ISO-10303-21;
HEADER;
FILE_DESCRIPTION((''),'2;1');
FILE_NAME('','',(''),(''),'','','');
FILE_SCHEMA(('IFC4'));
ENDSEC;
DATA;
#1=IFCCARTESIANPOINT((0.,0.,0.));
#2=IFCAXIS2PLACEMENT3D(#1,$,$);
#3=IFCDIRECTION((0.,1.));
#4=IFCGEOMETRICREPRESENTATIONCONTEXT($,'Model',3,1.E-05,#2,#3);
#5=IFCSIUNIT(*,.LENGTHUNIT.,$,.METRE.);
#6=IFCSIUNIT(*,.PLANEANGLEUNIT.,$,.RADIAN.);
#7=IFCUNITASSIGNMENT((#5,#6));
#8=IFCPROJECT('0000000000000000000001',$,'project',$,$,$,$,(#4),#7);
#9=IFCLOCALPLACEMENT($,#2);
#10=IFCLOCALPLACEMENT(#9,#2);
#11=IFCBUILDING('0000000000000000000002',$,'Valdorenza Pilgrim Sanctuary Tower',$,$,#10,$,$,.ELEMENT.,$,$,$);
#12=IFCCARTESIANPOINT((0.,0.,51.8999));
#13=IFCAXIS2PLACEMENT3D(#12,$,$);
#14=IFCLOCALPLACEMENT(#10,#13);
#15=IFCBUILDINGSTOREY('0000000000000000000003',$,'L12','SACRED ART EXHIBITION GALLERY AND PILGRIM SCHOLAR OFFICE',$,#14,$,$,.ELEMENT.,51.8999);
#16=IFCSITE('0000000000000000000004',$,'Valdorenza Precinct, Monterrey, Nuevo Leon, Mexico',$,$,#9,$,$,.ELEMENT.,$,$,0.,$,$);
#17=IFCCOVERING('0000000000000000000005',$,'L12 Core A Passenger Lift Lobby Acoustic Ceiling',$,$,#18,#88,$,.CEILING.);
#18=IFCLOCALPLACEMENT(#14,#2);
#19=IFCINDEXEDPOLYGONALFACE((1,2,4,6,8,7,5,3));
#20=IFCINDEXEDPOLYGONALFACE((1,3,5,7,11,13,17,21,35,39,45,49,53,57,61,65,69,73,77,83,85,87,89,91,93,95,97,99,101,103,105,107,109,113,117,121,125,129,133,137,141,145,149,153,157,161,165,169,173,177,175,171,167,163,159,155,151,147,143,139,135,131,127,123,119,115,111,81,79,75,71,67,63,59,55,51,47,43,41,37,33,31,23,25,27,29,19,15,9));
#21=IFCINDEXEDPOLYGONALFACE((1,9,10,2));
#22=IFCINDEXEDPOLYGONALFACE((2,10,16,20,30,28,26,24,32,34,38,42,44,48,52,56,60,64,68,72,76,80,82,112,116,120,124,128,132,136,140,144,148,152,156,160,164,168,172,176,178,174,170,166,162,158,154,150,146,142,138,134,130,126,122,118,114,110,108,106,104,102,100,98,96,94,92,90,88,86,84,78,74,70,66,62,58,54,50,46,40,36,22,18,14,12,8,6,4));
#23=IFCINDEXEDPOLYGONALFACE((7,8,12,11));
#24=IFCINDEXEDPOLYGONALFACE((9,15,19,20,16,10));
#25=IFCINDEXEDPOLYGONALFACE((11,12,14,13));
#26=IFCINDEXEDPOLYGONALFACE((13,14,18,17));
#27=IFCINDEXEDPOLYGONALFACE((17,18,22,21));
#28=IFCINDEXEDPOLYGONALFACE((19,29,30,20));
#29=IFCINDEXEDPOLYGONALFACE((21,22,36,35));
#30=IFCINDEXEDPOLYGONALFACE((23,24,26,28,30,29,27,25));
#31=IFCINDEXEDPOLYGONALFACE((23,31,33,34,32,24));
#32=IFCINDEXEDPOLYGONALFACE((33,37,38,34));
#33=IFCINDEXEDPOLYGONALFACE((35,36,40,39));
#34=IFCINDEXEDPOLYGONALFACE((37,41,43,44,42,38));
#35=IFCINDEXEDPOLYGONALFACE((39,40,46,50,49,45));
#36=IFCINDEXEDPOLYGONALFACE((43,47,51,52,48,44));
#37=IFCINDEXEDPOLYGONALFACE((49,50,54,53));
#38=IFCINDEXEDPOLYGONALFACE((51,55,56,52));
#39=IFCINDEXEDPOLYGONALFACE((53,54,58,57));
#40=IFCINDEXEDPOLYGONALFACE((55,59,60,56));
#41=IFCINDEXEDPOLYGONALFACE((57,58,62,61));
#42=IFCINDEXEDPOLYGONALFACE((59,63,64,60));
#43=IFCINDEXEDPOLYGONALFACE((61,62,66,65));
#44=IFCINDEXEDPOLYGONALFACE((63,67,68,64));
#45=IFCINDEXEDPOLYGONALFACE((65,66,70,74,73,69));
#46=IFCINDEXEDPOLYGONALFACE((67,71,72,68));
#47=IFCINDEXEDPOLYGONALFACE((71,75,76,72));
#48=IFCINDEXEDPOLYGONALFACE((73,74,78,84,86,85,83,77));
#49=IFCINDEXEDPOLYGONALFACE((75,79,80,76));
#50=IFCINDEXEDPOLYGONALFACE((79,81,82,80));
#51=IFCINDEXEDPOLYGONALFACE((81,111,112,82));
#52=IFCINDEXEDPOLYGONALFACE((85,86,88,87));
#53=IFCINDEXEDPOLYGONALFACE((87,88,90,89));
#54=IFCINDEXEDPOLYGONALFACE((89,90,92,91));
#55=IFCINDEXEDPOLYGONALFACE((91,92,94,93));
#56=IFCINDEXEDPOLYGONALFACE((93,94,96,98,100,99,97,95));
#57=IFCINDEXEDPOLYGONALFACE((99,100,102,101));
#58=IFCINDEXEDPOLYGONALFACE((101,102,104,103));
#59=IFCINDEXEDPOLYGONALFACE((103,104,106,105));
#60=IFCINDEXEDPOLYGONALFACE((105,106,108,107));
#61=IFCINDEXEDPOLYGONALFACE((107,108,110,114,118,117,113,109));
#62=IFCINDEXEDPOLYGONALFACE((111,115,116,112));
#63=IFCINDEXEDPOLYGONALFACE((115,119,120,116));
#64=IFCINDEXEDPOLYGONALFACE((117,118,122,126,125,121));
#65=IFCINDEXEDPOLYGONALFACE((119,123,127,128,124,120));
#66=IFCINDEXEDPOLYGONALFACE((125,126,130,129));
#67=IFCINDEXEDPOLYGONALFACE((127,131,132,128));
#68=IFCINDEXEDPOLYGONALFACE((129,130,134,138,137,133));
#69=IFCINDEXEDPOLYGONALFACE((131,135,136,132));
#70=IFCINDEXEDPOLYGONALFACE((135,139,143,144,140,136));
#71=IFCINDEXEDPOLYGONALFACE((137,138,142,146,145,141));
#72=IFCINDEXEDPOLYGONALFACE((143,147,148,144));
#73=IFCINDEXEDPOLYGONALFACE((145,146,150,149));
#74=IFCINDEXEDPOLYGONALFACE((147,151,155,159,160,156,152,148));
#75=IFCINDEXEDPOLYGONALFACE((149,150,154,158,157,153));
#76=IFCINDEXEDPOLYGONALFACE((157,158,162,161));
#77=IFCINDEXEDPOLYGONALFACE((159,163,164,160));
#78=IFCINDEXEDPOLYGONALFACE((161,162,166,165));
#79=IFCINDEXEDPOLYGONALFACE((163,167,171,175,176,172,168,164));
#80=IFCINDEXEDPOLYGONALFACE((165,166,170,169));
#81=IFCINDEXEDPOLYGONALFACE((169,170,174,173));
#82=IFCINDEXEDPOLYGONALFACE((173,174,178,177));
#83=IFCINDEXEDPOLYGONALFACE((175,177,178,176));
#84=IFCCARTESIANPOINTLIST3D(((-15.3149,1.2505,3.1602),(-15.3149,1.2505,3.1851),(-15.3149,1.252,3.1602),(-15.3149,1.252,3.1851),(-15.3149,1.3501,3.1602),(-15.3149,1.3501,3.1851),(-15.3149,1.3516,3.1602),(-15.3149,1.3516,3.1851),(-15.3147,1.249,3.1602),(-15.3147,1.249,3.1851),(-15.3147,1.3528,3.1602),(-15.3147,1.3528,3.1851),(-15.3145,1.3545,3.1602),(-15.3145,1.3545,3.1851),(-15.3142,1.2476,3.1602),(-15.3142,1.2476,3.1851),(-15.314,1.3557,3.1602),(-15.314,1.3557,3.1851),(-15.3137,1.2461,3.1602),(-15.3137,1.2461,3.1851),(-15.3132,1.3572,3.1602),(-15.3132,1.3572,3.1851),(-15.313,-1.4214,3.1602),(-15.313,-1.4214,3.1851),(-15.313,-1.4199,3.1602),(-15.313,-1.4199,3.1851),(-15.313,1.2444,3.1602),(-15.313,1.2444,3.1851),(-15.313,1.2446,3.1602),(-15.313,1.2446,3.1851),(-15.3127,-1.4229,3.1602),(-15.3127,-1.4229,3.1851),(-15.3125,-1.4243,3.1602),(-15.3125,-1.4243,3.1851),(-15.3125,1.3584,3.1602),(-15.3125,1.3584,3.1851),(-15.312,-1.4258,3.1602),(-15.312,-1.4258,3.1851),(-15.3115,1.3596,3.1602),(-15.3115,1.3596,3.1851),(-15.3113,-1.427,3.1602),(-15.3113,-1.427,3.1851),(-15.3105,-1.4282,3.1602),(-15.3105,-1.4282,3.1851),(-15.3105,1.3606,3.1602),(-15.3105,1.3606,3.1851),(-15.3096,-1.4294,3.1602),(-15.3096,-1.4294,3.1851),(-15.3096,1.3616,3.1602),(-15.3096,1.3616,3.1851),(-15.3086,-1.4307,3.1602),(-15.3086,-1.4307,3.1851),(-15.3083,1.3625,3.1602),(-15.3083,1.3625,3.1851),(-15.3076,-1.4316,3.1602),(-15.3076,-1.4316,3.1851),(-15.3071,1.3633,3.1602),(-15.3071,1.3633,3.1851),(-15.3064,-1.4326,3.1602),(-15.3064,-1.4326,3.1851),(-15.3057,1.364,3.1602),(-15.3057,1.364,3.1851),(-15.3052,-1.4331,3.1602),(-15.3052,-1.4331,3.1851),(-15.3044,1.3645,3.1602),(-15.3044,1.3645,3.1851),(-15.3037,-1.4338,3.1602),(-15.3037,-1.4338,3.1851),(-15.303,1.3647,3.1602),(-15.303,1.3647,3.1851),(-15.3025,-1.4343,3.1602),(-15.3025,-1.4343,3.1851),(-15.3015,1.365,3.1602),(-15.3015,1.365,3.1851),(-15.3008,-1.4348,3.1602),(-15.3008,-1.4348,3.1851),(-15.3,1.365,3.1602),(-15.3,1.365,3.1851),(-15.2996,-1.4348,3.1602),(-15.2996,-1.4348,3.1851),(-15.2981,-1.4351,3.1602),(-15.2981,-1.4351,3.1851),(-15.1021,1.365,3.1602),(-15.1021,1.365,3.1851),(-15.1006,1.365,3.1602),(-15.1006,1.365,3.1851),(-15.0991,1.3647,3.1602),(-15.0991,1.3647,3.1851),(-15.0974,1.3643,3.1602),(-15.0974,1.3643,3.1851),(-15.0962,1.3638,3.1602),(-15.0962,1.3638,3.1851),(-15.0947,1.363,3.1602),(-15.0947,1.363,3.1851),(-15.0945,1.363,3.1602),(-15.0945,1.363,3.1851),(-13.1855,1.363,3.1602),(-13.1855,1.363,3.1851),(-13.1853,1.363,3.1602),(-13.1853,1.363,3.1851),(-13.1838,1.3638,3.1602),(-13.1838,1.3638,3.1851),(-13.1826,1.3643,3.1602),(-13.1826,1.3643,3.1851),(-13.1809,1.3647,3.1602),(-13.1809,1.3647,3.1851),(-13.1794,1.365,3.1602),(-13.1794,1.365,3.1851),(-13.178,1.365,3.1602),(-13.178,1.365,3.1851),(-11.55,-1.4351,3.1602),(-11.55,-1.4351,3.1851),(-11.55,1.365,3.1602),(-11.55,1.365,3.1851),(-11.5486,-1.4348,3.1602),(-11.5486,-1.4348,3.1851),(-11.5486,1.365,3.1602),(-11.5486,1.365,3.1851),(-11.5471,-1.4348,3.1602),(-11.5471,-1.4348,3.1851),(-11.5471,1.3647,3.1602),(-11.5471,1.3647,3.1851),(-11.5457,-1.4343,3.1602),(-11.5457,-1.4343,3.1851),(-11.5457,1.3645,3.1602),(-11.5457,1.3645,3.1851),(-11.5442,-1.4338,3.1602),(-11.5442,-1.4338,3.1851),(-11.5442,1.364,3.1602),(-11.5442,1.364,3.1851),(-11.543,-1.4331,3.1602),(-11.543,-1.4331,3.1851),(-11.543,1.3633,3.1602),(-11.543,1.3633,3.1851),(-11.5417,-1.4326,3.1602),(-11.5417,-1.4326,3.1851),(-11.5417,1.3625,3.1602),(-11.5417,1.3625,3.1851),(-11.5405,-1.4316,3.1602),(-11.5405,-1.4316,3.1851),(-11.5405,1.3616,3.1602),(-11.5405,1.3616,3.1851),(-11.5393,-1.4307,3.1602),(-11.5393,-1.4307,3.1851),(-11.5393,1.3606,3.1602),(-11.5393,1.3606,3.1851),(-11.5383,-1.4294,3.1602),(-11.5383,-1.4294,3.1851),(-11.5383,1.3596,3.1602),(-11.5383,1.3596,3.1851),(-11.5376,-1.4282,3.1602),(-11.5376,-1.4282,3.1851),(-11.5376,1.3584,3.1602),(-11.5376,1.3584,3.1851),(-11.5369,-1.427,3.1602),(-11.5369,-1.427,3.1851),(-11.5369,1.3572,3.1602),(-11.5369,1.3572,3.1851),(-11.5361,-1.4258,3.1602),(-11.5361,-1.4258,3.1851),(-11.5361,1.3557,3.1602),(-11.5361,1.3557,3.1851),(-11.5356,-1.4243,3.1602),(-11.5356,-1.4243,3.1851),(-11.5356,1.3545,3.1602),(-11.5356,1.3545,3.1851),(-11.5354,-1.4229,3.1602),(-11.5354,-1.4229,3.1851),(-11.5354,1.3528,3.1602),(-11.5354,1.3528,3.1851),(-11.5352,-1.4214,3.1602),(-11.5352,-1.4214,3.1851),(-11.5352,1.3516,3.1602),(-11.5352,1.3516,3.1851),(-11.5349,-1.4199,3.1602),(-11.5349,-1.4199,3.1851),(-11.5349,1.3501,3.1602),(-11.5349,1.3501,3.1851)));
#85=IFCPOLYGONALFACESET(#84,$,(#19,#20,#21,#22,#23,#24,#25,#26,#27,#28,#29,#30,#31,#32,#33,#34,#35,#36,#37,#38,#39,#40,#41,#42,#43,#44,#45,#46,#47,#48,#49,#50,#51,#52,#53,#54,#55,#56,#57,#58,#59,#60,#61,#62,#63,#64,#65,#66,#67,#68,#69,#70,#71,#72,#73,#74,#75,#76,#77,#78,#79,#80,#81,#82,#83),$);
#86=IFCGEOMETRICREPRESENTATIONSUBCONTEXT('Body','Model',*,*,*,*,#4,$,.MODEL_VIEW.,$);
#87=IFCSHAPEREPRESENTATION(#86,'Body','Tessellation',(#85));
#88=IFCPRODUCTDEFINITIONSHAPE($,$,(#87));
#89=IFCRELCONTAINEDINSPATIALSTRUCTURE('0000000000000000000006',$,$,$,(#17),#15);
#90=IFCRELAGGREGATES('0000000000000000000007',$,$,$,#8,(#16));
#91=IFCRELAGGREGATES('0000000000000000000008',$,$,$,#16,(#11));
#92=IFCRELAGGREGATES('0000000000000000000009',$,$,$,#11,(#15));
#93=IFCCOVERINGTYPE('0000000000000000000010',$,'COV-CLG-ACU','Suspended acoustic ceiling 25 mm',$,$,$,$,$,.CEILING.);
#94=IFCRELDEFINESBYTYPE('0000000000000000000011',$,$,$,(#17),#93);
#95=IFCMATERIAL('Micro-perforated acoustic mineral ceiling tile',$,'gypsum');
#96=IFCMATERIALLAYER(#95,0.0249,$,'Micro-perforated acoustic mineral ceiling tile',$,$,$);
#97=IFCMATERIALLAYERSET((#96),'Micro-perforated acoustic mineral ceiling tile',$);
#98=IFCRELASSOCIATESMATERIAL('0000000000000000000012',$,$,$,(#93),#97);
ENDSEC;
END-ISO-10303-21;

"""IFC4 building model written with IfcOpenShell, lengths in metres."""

from ifc_helpers import new_model, si_unit, direction, frame, origin, place, context, subcontext, project, spatial, polyline, outline, extrude, material, layer, layer_set, type_object, element, save


model = new_model("IFC4")

# Units and contexts
model_context = context("Model", 3, precision=1e-05, world=origin(), true_north=direction((0.0, 1.0)))
body_context = subcontext(model_context, "Body", "Model", "MODEL_VIEW")
ifc_project = project(units=[si_unit("LENGTHUNIT", "METRE"), si_unit("PLANEANGLEUNIT", "RADIAN")], contexts=[model_context])

# Site, building, storey
site_placement = place(None, origin())
site = spatial("IfcSite", under=ifc_project, at=site_placement, Name="Valdorenza Precinct, Monterrey, Nuevo Leon, Mexico", CompositionType="ELEMENT", RefElevation=0.0)
building_placement = place(site_placement, origin())
building = spatial("IfcBuilding", under=site, at=building_placement, Name="Valdorenza Pilgrim Sanctuary Tower", CompositionType="ELEMENT")
storey_placement = place(building_placement, frame((0.0, 0.0, 51.8999)))
storey = spatial("IfcBuildingStorey", under=building, at=storey_placement, Name="L12", Description="SACRED ART EXHIBITION GALLERY AND PILGRIM SCHOLAR OFFICE", CompositionType="ELEMENT", Elevation=51.8999)

# Covering
ifc_material_1 = material(Name="Micro-perforated acoustic mineral ceiling tile", Category="gypsum")
ifc_layer_1 = layer(ifc_material_1, 0.0249, Name="Micro-perforated acoustic mineral ceiling tile")
ifc_layer_set_1 = layer_set([ifc_layer_1], Name="Micro-perforated acoustic mineral ceiling tile")
covering_type_1 = type_object("IfcCoveringType", Name="COV-CLG-ACU", Description="Suspended acoustic ceiling 25 mm", PredefinedType="CEILING", material=ifc_layer_set_1)
covering_1_placement = place(storey_placement, frame((0.0, 0.0, 3.1602)))
element("IfcCovering", 1, at=covering_1_placement, inside=storey, type_object=covering_type_1, Name="L12 Core A Passenger Lift Lobby Acoustic Ceiling", PredefinedType="CEILING", context=body_context, shape_type="SweptSolid", body=[
    extrude(outline(polyline([(-15.313, 1.2444), (-15.313, 1.2446), (-15.3137, 1.2461), (-15.3142, 1.2476), (-15.3147, 1.249), (-15.3149, 1.2505), (-15.3149, 1.252), (-15.3149, 1.3501), (-15.3149, 1.3516), (-15.3147, 1.3528), (-15.3145, 1.3545), (-15.314, 1.3557), (-15.3132, 1.3572), (-15.3125, 1.3584), (-15.3115, 1.3596), (-15.3105, 1.3606), (-15.3096, 1.3616), (-15.3083, 1.3625), (-15.3071, 1.3633), (-15.3057, 1.364), (-15.3044, 1.3645), (-15.303, 1.3647), (-15.3015, 1.365), (-15.3, 1.365), (-15.1021, 1.365), (-15.1006, 1.365), (-15.0991, 1.3647), (-15.0974, 1.3643), (-15.0962, 1.3638), (-15.0947, 1.363), (-15.0945, 1.363), (-13.1855, 1.363), (-13.1853, 1.363), (-13.1838, 1.3638), (-13.1826, 1.3643), (-13.1809, 1.3647), (-13.1794, 1.365), (-13.178, 1.365), (-11.55, 1.365), (-11.5486, 1.365), (-11.5471, 1.3647), (-11.5457, 1.3645), (-11.5442, 1.364), (-11.543, 1.3633), (-11.5417, 1.3625), (-11.5405, 1.3616), (-11.5393, 1.3606), (-11.5383, 1.3596), (-11.5376, 1.3584), (-11.5369, 1.3572), (-11.5361, 1.3557), (-11.5356, 1.3545), (-11.5354, 1.3528), (-11.5352, 1.3516), (-11.5349, 1.3501), (-11.5349, -1.4199), (-11.5352, -1.4214), (-11.5354, -1.4229), (-11.5356, -1.4243), (-11.5361, -1.4258), (-11.5369, -1.427), (-11.5376, -1.4282), (-11.5383, -1.4294), (-11.5393, -1.4307), (-11.5405, -1.4316), (-11.5417, -1.4326), (-11.543, -1.4331), (-11.5442, -1.4338), (-11.5457, -1.4343), (-11.5471, -1.4348), (-11.5486, -1.4348), (-11.55, -1.4351), (-15.2981, -1.4351), (-15.2996, -1.4348), (-15.3008, -1.4348), (-15.3025, -1.4343), (-15.3037, -1.4338), (-15.3052, -1.4331), (-15.3064, -1.4326), (-15.3076, -1.4316), (-15.3086, -1.4307), (-15.3096, -1.4294), (-15.3105, -1.4282), (-15.3113, -1.427), (-15.312, -1.4258), (-15.3125, -1.4243), (-15.3127, -1.4229), (-15.313, -1.4214), (-15.313, -1.4199), (-15.313, 1.2444)])), origin(), (0.0, 0.0, 1.0), 0.0249),
])

save(model, "model.ifc")
